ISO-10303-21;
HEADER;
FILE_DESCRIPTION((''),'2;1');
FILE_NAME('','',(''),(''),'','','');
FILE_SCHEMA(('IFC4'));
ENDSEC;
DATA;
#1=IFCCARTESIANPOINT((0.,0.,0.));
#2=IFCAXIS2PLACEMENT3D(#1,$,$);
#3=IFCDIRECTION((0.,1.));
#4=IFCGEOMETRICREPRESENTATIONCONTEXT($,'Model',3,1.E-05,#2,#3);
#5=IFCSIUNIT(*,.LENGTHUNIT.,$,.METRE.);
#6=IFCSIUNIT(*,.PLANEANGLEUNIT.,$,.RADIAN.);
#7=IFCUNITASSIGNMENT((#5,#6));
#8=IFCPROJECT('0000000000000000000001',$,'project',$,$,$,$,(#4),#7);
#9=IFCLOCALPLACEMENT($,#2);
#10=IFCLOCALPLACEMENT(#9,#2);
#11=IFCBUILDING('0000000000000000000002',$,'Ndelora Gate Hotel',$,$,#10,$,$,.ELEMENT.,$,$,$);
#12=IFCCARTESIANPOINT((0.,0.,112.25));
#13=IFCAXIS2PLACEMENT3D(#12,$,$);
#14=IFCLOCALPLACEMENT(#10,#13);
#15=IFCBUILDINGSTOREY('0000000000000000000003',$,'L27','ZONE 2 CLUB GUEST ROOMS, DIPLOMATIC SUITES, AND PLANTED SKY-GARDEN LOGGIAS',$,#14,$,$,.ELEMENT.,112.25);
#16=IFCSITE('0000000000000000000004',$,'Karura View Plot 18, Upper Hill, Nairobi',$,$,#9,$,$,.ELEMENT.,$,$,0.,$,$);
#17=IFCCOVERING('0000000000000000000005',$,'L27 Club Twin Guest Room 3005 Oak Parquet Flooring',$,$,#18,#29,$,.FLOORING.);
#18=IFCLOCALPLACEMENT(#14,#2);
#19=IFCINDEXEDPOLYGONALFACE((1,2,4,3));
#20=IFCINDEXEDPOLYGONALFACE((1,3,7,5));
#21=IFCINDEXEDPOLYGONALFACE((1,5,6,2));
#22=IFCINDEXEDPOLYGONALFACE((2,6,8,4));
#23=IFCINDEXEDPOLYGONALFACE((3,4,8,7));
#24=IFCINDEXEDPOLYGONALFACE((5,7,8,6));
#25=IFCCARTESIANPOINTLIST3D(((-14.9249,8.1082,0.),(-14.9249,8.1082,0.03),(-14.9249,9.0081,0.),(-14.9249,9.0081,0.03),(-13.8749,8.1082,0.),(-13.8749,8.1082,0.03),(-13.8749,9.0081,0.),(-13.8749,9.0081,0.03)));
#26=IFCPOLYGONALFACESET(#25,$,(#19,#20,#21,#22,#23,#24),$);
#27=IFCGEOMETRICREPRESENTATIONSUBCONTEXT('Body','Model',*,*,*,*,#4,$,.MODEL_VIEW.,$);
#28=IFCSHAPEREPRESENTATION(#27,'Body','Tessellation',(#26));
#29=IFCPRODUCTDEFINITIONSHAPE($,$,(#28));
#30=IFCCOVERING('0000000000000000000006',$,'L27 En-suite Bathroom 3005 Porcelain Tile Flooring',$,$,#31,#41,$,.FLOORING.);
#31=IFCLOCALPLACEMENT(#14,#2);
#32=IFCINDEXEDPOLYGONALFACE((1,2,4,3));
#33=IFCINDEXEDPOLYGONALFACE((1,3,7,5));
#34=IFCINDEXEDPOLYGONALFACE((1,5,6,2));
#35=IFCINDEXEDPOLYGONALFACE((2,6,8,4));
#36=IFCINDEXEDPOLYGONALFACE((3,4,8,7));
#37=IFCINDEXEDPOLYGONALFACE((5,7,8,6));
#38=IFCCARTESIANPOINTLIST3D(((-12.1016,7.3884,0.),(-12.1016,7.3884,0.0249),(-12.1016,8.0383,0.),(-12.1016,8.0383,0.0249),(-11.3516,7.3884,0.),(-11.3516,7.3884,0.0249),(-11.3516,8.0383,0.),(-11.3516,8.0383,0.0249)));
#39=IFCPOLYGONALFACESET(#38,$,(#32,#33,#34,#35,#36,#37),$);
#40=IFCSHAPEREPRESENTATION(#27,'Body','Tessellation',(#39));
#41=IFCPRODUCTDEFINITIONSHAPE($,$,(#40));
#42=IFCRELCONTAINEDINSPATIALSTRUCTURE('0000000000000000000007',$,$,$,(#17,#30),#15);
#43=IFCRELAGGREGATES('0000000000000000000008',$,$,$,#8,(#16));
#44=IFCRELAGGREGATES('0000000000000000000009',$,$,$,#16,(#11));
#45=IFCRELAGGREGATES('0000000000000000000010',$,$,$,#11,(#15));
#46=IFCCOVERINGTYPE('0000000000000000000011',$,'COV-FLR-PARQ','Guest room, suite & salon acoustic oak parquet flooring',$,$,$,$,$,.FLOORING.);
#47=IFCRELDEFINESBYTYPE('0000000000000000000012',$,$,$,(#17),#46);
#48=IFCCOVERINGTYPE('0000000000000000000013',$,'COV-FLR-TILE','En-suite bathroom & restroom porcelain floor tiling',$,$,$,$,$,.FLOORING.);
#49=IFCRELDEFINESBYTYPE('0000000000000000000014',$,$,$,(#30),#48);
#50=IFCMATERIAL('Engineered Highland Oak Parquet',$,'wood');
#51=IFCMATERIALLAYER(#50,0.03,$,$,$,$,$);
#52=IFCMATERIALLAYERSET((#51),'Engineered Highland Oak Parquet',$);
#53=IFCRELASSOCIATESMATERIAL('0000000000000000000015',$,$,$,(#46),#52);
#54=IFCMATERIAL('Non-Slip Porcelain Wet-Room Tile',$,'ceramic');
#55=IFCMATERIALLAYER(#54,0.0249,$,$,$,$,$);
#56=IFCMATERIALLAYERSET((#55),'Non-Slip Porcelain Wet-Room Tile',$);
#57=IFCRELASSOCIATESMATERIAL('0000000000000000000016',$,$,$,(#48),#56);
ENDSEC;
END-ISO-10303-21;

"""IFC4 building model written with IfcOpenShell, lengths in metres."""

from ifc_helpers import new_model, si_unit, direction, frame, origin, origin_2d, place, context, subcontext, project, spatial, rectangle, extrude, material, layer, layer_set, type_object, element, save


model = new_model("IFC4")

# Units and contexts
model_context = context("Model", 3, precision=1e-05, world=origin(), true_north=direction((0.0, 1.0)))
body_context = subcontext(model_context, "Body", "Model", "MODEL_VIEW")
ifc_project = project(units=[si_unit("LENGTHUNIT", "METRE"), si_unit("PLANEANGLEUNIT", "RADIAN")], contexts=[model_context])

# Site, building, storey
site_placement = place(None, origin())
site = spatial("IfcSite", under=ifc_project, at=site_placement, Name="Karura View Plot 18, Upper Hill, Nairobi", CompositionType="ELEMENT", RefElevation=0.0)
building_placement = place(site_placement, origin())
building = spatial("IfcBuilding", under=site, at=building_placement, Name="Ndelora Gate Hotel", CompositionType="ELEMENT")
storey_placement = place(building_placement, frame((0.0, 0.0, 112.25)))
storey = spatial("IfcBuildingStorey", under=building, at=storey_placement, Name="L27", Description="ZONE 2 CLUB GUEST ROOMS, DIPLOMATIC SUITES, AND PLANTED SKY-GARDEN LOGGIAS", CompositionType="ELEMENT", Elevation=112.25)

# Coverings
ifc_material_1 = material(Name="Engineered Highland Oak Parquet", Category="wood")
ifc_layer_1 = layer(ifc_material_1, 0.03)
ifc_layer_set_1 = layer_set([ifc_layer_1], Name="Engineered Highland Oak Parquet")
covering_type_1 = type_object("IfcCoveringType", Name="COV-FLR-PARQ", Description="Guest room, suite & salon acoustic oak parquet flooring", PredefinedType="FLOORING", material=ifc_layer_set_1)
covering_1_placement = place(storey_placement, frame((-14.3999, 8.5581, 0.0), z_axis=(0.0, 0.0, 1.0), x_axis=(1.0, 0.0, 0.0)))
element("IfcCovering", 1, at=covering_1_placement, inside=storey, type_object=covering_type_1, Name="L27 Club Twin Guest Room 3005 Oak Parquet Flooring", PredefinedType="FLOORING", context=body_context, shape_type="SweptSolid", body=[
    extrude(rectangle(XDim=1.05, YDim=0.8999, at=origin_2d()), origin(), (0.0, 0.0, 1.0), 0.03),
])
ifc_material_2 = material(Name="Non-Slip Porcelain Wet-Room Tile", Category="ceramic")
ifc_layer_2 = layer(ifc_material_2, 0.0249)
ifc_layer_set_2 = layer_set([ifc_layer_2], Name="Non-Slip Porcelain Wet-Room Tile")
covering_type_2 = type_object("IfcCoveringType", Name="COV-FLR-TILE", Description="En-suite bathroom & restroom porcelain floor tiling", PredefinedType="FLOORING", material=ifc_layer_set_2)
covering_2_placement = place(storey_placement, frame((-11.7266, 7.7134, 0.0), z_axis=(0.0, 0.0, 1.0), x_axis=(1.0, 0.0, 0.0)))
element("IfcCovering", 2, at=covering_2_placement, inside=storey, type_object=covering_type_2, Name="L27 En-suite Bathroom 3005 Porcelain Tile Flooring", PredefinedType="FLOORING", context=body_context, shape_type="SweptSolid", body=[
    extrude(rectangle(XDim=0.75, YDim=0.6499, at=origin_2d()), origin(), (0.0, 0.0, 1.0), 0.0249),
])

save(model, "model.ifc")
